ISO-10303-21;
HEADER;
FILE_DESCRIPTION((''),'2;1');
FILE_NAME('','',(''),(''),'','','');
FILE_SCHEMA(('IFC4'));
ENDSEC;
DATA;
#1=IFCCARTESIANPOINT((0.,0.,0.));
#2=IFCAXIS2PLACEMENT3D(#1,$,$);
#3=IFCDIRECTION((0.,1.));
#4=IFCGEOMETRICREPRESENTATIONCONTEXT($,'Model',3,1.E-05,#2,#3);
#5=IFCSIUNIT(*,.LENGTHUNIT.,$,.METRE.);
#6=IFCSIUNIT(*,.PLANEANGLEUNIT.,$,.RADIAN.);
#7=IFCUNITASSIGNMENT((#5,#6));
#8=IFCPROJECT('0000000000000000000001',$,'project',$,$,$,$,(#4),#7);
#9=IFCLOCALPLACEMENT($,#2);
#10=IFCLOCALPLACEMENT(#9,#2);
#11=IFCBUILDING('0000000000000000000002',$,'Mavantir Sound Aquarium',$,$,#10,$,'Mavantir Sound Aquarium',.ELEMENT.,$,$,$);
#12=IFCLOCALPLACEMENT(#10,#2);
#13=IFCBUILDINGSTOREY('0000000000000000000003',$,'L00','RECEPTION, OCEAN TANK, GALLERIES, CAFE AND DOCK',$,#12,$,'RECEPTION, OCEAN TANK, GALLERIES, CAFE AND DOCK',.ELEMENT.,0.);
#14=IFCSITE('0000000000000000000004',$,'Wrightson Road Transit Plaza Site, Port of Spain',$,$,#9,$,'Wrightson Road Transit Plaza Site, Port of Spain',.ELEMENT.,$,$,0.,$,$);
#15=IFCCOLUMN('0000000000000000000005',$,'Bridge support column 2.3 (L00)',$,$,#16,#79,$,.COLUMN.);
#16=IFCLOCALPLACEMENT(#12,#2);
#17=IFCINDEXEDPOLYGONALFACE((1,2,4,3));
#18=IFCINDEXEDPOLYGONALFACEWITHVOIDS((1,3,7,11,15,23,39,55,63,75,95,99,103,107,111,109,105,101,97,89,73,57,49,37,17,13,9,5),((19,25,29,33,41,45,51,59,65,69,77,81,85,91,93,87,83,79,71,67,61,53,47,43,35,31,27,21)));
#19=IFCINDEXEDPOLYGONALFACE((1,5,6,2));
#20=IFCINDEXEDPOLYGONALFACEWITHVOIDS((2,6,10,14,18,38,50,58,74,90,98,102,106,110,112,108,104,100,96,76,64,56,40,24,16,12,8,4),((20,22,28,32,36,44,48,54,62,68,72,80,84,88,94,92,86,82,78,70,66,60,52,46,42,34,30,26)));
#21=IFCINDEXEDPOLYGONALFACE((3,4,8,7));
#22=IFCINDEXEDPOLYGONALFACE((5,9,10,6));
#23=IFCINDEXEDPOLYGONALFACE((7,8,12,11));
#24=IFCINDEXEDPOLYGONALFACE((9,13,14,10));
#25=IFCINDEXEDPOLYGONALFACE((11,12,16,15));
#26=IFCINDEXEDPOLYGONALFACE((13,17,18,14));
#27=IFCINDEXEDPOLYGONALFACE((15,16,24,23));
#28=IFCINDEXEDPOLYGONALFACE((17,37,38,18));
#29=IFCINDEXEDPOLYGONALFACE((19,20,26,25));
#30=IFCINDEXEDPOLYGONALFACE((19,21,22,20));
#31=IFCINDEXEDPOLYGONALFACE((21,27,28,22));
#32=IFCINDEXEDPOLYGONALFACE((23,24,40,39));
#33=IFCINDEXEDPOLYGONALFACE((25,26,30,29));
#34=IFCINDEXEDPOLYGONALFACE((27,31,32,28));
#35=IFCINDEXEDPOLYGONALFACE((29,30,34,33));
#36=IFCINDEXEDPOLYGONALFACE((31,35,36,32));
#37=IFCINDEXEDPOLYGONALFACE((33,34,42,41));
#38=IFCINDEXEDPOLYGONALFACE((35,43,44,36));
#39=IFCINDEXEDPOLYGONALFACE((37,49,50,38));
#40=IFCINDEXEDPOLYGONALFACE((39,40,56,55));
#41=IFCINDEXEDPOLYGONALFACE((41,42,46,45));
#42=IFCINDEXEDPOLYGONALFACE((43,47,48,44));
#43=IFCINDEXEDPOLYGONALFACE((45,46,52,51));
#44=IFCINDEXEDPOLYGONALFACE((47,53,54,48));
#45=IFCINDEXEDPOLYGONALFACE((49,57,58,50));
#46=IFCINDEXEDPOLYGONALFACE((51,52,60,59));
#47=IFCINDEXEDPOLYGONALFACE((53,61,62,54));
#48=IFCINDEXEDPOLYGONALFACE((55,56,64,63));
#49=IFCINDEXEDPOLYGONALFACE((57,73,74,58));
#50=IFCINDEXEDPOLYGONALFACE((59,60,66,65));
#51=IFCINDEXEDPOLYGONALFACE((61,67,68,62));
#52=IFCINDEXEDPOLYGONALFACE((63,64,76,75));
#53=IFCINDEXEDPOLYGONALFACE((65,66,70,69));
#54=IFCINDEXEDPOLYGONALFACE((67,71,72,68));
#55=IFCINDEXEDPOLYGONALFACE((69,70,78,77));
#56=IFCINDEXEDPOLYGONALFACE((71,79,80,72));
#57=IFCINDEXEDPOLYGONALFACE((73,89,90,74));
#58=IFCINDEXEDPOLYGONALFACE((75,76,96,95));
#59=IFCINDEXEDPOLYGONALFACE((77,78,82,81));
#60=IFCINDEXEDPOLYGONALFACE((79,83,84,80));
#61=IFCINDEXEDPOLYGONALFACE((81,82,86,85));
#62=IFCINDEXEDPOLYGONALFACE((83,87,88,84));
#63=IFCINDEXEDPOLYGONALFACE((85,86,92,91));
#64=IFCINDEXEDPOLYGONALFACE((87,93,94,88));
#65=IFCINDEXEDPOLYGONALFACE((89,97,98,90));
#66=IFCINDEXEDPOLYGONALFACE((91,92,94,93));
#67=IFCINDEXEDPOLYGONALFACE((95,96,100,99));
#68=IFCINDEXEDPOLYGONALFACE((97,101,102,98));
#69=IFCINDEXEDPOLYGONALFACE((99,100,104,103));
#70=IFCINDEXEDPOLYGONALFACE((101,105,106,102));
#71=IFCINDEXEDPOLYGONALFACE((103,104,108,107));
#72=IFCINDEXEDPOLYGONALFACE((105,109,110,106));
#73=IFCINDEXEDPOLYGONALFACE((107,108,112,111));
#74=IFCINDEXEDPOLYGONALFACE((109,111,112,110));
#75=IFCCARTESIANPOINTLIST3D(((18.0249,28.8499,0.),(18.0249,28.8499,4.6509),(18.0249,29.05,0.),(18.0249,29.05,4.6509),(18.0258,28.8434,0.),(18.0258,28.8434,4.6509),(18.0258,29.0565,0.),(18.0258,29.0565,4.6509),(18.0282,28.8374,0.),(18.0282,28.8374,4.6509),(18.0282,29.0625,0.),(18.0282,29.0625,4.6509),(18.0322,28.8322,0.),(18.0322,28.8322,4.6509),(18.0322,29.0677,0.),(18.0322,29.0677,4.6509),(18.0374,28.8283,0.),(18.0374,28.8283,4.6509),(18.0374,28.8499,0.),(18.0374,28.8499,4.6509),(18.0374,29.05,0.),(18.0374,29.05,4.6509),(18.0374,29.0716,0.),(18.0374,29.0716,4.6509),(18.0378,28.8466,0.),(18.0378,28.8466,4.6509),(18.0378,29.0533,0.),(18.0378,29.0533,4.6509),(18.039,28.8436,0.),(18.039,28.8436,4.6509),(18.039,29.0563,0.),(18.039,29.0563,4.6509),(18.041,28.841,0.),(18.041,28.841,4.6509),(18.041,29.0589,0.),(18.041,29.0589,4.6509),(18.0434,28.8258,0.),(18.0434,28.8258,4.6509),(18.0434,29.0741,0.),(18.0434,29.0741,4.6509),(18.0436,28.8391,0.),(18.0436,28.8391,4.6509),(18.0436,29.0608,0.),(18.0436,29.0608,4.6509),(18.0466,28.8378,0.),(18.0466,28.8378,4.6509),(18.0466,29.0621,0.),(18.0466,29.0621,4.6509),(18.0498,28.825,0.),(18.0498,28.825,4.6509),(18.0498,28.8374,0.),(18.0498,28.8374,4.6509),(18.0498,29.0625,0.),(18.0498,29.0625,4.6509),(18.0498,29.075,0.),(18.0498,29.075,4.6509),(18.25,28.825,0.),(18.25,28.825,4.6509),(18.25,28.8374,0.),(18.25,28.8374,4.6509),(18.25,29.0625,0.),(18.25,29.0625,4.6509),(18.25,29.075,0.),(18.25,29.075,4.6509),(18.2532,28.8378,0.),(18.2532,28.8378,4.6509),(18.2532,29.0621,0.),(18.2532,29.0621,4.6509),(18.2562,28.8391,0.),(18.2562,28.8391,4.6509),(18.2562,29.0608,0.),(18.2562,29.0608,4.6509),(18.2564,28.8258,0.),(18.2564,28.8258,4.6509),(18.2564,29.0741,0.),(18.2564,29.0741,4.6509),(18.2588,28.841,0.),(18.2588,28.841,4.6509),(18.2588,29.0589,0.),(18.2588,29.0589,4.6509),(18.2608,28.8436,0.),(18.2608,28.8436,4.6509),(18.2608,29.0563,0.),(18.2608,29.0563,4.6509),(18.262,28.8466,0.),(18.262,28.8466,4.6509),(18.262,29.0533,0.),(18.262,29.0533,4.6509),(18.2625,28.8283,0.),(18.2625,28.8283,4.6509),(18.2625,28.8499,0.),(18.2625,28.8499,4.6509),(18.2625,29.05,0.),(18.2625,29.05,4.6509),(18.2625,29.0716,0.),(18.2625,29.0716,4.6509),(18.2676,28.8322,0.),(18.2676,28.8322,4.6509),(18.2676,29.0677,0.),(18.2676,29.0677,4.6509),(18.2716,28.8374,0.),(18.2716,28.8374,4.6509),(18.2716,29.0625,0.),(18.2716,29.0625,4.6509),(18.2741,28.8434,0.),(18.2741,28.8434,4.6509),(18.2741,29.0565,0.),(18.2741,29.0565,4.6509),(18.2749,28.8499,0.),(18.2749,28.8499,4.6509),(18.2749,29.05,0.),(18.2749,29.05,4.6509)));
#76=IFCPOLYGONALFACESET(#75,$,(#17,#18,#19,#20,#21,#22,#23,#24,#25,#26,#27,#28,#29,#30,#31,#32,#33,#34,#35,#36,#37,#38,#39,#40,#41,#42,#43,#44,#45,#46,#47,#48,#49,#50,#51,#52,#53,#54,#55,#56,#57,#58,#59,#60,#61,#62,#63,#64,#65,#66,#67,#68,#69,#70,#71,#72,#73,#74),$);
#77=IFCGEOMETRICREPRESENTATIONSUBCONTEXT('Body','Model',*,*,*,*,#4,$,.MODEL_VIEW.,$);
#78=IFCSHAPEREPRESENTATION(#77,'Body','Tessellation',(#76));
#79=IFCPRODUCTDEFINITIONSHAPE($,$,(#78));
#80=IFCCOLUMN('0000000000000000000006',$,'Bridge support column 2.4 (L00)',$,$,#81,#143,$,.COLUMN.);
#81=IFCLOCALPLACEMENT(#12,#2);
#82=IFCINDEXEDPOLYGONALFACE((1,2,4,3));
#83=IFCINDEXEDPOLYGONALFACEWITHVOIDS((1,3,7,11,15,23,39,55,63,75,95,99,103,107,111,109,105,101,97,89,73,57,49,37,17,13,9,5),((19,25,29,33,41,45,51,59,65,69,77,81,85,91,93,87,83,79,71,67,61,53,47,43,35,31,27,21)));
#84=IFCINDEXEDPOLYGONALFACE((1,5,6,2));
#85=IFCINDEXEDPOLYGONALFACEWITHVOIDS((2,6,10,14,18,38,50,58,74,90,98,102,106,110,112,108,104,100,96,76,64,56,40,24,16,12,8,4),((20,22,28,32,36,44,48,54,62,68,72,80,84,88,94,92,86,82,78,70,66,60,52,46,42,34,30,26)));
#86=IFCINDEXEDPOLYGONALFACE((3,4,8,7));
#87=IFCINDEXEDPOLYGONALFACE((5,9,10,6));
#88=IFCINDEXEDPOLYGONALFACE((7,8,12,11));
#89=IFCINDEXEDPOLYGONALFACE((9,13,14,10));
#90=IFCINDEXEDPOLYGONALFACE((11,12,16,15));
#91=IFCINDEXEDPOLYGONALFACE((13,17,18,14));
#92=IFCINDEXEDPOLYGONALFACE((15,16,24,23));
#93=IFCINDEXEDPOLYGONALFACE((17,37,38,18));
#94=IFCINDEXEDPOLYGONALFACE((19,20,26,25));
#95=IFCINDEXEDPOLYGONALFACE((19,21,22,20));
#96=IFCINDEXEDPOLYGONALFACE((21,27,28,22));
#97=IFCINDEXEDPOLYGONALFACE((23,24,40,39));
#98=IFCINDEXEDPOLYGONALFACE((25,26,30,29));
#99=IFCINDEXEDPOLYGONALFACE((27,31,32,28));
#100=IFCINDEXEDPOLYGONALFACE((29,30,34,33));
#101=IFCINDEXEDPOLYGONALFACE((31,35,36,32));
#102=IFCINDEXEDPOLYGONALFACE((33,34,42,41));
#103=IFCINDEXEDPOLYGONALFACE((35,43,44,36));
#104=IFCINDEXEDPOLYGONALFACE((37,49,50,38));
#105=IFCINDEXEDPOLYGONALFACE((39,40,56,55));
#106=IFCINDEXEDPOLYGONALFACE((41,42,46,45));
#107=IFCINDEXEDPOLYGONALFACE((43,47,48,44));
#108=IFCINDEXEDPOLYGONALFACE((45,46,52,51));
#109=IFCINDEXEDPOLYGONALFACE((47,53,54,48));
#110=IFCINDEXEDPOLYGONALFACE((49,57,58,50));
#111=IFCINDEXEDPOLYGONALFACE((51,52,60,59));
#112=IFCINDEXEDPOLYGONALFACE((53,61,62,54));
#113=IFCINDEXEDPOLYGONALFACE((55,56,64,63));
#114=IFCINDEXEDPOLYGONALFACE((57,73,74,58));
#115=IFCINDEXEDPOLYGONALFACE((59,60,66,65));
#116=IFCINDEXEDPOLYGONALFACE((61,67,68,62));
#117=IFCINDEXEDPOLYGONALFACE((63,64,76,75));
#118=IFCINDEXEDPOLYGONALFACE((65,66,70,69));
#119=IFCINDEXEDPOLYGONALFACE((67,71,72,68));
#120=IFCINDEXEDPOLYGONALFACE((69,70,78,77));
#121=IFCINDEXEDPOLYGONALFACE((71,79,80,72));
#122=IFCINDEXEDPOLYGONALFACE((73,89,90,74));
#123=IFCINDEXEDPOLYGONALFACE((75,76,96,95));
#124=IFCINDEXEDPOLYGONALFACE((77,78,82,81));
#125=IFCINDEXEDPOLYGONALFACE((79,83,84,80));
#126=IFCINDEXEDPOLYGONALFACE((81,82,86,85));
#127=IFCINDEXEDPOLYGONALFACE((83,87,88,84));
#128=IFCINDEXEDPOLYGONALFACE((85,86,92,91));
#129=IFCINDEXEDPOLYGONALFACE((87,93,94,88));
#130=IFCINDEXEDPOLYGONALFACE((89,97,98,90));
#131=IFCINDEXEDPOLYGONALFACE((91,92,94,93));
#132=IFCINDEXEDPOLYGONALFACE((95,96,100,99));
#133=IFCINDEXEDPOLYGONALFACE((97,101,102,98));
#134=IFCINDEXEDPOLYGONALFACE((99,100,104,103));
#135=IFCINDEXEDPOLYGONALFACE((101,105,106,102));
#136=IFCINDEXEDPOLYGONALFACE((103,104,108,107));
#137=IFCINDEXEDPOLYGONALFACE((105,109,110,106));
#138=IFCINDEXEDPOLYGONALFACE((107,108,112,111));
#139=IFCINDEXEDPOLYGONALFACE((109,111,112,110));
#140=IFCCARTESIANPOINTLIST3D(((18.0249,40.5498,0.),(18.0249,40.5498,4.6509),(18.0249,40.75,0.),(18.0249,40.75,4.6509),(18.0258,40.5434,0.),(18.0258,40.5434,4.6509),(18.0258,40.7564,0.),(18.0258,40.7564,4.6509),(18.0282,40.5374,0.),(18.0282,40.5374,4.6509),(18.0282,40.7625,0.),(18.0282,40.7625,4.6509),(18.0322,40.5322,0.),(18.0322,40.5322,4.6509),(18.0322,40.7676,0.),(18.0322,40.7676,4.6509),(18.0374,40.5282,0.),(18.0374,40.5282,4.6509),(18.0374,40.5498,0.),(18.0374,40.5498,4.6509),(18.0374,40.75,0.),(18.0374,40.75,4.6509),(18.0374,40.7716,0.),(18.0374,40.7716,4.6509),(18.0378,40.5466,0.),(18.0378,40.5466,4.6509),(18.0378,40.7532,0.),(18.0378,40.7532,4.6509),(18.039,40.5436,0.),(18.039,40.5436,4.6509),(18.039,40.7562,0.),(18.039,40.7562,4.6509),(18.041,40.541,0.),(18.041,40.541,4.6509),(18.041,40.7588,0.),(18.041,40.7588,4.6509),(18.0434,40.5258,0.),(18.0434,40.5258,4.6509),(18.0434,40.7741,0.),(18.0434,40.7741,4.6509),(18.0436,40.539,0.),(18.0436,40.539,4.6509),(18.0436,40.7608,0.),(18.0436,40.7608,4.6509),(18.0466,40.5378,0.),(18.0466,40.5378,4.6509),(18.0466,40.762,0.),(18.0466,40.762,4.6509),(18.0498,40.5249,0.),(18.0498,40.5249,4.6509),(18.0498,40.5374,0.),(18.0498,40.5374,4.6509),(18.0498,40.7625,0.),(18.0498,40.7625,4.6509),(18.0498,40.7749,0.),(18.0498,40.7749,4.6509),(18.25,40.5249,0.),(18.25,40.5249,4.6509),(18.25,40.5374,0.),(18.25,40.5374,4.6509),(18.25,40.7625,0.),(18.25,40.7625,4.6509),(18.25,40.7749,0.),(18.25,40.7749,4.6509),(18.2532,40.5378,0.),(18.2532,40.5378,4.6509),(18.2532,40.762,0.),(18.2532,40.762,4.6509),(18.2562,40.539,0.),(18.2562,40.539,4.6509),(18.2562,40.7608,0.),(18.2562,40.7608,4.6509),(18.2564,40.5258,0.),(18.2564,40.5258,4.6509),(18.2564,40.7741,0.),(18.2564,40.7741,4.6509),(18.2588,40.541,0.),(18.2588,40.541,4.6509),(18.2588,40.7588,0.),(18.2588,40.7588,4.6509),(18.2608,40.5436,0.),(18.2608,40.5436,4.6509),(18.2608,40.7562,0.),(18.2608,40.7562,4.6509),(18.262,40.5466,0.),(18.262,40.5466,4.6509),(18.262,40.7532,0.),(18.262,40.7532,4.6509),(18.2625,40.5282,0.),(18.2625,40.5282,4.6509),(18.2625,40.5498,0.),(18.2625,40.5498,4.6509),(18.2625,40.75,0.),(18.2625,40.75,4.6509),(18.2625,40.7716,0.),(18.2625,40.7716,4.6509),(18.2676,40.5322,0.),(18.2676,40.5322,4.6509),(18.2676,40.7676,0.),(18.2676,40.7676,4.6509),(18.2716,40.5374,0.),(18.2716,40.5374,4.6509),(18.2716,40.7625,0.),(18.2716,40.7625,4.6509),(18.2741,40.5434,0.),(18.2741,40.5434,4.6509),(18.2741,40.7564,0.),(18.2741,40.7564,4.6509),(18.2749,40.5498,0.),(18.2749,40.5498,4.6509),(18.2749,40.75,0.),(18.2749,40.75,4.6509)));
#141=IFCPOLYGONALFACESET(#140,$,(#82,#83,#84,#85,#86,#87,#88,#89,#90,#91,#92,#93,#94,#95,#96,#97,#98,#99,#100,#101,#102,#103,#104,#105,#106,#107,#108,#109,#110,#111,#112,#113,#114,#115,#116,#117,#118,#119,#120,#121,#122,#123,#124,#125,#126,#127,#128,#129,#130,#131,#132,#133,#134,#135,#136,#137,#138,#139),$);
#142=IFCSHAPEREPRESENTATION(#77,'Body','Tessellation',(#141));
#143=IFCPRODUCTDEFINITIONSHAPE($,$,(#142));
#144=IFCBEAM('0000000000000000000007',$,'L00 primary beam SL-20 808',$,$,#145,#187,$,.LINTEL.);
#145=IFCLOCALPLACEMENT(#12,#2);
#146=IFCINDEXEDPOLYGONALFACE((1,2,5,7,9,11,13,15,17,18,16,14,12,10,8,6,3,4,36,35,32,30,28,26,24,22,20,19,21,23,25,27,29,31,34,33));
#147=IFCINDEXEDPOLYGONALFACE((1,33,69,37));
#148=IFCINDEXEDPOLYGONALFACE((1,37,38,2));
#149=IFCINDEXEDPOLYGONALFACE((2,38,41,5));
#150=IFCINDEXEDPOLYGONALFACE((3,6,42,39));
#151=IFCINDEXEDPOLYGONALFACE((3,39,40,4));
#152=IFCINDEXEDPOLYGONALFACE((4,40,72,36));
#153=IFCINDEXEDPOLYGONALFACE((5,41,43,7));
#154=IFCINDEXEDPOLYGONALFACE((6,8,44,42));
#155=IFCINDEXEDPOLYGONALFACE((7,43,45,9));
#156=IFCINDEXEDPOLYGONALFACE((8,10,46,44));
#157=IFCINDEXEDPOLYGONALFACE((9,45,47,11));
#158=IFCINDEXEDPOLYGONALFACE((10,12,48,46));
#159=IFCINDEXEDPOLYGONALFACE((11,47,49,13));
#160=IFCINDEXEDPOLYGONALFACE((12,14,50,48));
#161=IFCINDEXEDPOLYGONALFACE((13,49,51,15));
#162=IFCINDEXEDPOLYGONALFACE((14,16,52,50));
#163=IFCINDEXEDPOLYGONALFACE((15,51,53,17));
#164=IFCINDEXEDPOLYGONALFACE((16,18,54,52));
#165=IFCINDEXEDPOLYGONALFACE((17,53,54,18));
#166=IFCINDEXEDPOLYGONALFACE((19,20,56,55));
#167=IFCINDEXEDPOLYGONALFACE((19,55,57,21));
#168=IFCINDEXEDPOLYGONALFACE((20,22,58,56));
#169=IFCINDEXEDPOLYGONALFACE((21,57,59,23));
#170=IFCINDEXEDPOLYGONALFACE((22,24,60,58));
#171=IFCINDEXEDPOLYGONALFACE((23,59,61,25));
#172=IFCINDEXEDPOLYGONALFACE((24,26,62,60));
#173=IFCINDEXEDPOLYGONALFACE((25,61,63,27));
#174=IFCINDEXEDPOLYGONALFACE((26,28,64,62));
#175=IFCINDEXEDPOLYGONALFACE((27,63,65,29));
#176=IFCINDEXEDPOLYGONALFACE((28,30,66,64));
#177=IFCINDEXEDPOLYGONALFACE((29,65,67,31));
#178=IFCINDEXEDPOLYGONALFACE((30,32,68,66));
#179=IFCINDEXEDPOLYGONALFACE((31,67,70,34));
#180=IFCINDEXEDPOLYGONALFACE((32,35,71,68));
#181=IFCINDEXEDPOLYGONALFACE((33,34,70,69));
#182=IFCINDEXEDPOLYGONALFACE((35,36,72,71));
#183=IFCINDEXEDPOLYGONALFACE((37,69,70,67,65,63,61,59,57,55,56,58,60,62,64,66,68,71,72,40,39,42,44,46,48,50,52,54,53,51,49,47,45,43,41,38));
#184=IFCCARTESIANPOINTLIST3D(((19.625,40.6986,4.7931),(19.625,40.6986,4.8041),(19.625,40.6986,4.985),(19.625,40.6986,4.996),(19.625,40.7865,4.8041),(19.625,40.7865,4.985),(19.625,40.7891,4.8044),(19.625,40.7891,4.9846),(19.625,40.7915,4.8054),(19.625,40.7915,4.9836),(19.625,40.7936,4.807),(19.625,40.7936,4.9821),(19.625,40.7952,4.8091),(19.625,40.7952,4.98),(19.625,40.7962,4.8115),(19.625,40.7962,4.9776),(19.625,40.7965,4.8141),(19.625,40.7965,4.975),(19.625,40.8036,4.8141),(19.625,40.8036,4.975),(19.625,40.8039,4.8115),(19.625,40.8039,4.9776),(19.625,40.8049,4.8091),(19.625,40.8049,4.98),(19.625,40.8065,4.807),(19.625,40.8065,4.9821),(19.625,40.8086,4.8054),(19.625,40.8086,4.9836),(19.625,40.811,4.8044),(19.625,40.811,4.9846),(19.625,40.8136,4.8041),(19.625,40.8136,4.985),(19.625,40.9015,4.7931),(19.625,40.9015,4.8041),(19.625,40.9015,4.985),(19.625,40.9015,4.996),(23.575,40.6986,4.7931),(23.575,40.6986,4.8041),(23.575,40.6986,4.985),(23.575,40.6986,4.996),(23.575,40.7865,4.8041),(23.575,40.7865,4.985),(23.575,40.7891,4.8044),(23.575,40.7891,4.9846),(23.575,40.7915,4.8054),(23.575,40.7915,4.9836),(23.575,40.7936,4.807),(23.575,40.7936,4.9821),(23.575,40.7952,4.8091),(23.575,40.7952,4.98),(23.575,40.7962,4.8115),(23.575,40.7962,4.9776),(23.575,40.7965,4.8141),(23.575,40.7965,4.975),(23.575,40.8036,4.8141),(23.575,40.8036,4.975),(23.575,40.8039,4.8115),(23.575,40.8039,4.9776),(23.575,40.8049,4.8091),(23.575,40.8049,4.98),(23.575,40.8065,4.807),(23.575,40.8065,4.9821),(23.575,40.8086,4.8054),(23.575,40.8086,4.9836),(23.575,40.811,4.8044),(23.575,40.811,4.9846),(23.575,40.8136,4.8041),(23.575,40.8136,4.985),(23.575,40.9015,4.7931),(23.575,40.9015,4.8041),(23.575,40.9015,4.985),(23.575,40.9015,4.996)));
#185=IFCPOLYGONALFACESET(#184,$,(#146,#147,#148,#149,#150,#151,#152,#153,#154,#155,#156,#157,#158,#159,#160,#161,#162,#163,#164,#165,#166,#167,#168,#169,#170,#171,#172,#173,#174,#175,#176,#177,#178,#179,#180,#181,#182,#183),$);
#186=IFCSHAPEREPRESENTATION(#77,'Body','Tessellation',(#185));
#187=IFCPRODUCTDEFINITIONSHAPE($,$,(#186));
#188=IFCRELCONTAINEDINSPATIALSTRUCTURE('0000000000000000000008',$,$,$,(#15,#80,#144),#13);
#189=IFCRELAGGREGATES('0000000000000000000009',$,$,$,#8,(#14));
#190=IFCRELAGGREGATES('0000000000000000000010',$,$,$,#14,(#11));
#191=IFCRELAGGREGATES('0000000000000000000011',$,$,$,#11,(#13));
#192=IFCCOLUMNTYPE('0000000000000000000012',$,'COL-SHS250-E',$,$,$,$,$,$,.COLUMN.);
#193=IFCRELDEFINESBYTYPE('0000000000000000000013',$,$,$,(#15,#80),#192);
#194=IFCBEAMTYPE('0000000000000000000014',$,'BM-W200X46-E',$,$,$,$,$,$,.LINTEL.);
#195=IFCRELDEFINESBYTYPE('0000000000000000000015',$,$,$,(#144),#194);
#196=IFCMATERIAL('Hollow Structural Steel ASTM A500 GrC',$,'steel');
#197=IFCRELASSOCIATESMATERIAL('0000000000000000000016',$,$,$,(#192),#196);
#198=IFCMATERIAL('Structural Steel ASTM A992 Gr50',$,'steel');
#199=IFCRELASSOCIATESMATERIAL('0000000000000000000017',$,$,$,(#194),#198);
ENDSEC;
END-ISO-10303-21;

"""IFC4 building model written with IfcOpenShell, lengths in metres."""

from ifc_helpers import new_model, si_unit, direction, frame, origin, origin_2d, place, context, subcontext, project, spatial, hollow_rectangle, i_section, extrude, material, material_profile, profile_set, type_object, element, save


model = new_model("IFC4")

# Units and contexts
model_context = context("Model", 3, precision=1e-05, world=origin(), true_north=direction((0.0, 1.0)))
body_context = subcontext(model_context, "Body", "Model", "MODEL_VIEW")
ifc_project = project(units=[si_unit("LENGTHUNIT", "METRE"), si_unit("PLANEANGLEUNIT", "RADIAN")], contexts=[model_context])

# Site, building, storey
site_placement = place(None, origin())
site = spatial("IfcSite", under=ifc_project, at=site_placement, Name="Wrightson Road Transit Plaza Site, Port of Spain", LongName="Wrightson Road Transit Plaza Site, Port of Spain", CompositionType="ELEMENT", RefElevation=0.0)
building_placement = place(site_placement, origin())
building = spatial("IfcBuilding", under=site, at=building_placement, Name="Mavantir Sound Aquarium", LongName="Mavantir Sound Aquarium", CompositionType="ELEMENT")
storey_placement = place(building_placement, origin())
storey = spatial("IfcBuildingStorey", under=building, at=storey_placement, Name="L00", Description="RECEPTION, OCEAN TANK, GALLERIES, CAFE AND DOCK", LongName="RECEPTION, OCEAN TANK, GALLERIES, CAFE AND DOCK", CompositionType="ELEMENT", Elevation=0.0)

# Columns
ifc_material_1 = material(Name="Hollow Structural Steel ASTM A500 GrC", Category="steel")
ifc_material_profile_1 = material_profile(ifc_material_1, hollow_rectangle(XDim=0.25, YDim=0.25, WallThickness=0.0125, InnerFilletRadius=0.0125, OuterFilletRadius=0.0249, at=origin_2d()), Name="SHS 250X250X12.5")
ifc_profile_set_1 = profile_set([ifc_material_profile_1], Name="Hollow Structural Steel ASTM A500 GrC")
column_type_1 = type_object("IfcColumnType", Name="COL-SHS250-E", PredefinedType="COLUMN", material=ifc_profile_set_1)
for number, where, z_axis, x_axis, name in (
    (1, (18.1499, 28.95, 0.0), (0.0, 0.0, 1.0), (1.0, 0.0, 0.0), "Bridge support column 2.3 (L00)"),
    (2, (18.1499, 40.6499, 0.0), (0.0, 0.0, 1.0), (1.0, 0.0, 0.0), "Bridge support column 2.4 (L00)"),
):
    element("IfcColumn", number, at=place(storey_placement, frame(where, z_axis=z_axis, x_axis=x_axis)), inside=storey, type_object=column_type_1, Name=name, PredefinedType="COLUMN", context=body_context, shape_type="SweptSolid", body=[
        extrude(hollow_rectangle(XDim=0.25, YDim=0.25, WallThickness=0.0125, InnerFilletRadius=0.0125, OuterFilletRadius=0.0249, at=origin_2d()), origin(), (0.0, 0.0, 1.0), 4.6509),
    ])

# Beam
ifc_material_2 = material(Name="Structural Steel ASTM A992 Gr50", Category="steel")
ifc_material_profile_2 = material_profile(ifc_material_2, i_section(OverallWidth=0.2029, OverallDepth=0.2029, WebThickness=0.0071, FlangeThickness=0.011, FilletRadius=0.01, at=origin_2d()), Name="W200X46")
ifc_profile_set_2 = profile_set([ifc_material_profile_2], Name="Structural Steel ASTM A992 Gr50")
beam_type_1 = type_object("IfcBeamType", Name="BM-W200X46-E", PredefinedType="LINTEL", material=ifc_profile_set_2)
beam_1_placement = place(storey_placement, frame((19.625, 40.8, 4.8945), z_axis=(1.0, 0.0, 0.0), x_axis=(0.0, 1.0, 0.0)))
element("IfcBeam", 3, at=beam_1_placement, inside=storey, type_object=beam_type_1, Name="L00 primary beam SL-20 808", PredefinedType="LINTEL", context=body_context, shape_type="SweptSolid", body=[
    extrude(i_section(OverallWidth=0.2029, OverallDepth=0.2029, WebThickness=0.0071, FlangeThickness=0.011, FilletRadius=0.01, at=origin_2d()), origin(), (0.0, 0.0, 1.0), 3.95),
])

save(model, "model.ifc")
